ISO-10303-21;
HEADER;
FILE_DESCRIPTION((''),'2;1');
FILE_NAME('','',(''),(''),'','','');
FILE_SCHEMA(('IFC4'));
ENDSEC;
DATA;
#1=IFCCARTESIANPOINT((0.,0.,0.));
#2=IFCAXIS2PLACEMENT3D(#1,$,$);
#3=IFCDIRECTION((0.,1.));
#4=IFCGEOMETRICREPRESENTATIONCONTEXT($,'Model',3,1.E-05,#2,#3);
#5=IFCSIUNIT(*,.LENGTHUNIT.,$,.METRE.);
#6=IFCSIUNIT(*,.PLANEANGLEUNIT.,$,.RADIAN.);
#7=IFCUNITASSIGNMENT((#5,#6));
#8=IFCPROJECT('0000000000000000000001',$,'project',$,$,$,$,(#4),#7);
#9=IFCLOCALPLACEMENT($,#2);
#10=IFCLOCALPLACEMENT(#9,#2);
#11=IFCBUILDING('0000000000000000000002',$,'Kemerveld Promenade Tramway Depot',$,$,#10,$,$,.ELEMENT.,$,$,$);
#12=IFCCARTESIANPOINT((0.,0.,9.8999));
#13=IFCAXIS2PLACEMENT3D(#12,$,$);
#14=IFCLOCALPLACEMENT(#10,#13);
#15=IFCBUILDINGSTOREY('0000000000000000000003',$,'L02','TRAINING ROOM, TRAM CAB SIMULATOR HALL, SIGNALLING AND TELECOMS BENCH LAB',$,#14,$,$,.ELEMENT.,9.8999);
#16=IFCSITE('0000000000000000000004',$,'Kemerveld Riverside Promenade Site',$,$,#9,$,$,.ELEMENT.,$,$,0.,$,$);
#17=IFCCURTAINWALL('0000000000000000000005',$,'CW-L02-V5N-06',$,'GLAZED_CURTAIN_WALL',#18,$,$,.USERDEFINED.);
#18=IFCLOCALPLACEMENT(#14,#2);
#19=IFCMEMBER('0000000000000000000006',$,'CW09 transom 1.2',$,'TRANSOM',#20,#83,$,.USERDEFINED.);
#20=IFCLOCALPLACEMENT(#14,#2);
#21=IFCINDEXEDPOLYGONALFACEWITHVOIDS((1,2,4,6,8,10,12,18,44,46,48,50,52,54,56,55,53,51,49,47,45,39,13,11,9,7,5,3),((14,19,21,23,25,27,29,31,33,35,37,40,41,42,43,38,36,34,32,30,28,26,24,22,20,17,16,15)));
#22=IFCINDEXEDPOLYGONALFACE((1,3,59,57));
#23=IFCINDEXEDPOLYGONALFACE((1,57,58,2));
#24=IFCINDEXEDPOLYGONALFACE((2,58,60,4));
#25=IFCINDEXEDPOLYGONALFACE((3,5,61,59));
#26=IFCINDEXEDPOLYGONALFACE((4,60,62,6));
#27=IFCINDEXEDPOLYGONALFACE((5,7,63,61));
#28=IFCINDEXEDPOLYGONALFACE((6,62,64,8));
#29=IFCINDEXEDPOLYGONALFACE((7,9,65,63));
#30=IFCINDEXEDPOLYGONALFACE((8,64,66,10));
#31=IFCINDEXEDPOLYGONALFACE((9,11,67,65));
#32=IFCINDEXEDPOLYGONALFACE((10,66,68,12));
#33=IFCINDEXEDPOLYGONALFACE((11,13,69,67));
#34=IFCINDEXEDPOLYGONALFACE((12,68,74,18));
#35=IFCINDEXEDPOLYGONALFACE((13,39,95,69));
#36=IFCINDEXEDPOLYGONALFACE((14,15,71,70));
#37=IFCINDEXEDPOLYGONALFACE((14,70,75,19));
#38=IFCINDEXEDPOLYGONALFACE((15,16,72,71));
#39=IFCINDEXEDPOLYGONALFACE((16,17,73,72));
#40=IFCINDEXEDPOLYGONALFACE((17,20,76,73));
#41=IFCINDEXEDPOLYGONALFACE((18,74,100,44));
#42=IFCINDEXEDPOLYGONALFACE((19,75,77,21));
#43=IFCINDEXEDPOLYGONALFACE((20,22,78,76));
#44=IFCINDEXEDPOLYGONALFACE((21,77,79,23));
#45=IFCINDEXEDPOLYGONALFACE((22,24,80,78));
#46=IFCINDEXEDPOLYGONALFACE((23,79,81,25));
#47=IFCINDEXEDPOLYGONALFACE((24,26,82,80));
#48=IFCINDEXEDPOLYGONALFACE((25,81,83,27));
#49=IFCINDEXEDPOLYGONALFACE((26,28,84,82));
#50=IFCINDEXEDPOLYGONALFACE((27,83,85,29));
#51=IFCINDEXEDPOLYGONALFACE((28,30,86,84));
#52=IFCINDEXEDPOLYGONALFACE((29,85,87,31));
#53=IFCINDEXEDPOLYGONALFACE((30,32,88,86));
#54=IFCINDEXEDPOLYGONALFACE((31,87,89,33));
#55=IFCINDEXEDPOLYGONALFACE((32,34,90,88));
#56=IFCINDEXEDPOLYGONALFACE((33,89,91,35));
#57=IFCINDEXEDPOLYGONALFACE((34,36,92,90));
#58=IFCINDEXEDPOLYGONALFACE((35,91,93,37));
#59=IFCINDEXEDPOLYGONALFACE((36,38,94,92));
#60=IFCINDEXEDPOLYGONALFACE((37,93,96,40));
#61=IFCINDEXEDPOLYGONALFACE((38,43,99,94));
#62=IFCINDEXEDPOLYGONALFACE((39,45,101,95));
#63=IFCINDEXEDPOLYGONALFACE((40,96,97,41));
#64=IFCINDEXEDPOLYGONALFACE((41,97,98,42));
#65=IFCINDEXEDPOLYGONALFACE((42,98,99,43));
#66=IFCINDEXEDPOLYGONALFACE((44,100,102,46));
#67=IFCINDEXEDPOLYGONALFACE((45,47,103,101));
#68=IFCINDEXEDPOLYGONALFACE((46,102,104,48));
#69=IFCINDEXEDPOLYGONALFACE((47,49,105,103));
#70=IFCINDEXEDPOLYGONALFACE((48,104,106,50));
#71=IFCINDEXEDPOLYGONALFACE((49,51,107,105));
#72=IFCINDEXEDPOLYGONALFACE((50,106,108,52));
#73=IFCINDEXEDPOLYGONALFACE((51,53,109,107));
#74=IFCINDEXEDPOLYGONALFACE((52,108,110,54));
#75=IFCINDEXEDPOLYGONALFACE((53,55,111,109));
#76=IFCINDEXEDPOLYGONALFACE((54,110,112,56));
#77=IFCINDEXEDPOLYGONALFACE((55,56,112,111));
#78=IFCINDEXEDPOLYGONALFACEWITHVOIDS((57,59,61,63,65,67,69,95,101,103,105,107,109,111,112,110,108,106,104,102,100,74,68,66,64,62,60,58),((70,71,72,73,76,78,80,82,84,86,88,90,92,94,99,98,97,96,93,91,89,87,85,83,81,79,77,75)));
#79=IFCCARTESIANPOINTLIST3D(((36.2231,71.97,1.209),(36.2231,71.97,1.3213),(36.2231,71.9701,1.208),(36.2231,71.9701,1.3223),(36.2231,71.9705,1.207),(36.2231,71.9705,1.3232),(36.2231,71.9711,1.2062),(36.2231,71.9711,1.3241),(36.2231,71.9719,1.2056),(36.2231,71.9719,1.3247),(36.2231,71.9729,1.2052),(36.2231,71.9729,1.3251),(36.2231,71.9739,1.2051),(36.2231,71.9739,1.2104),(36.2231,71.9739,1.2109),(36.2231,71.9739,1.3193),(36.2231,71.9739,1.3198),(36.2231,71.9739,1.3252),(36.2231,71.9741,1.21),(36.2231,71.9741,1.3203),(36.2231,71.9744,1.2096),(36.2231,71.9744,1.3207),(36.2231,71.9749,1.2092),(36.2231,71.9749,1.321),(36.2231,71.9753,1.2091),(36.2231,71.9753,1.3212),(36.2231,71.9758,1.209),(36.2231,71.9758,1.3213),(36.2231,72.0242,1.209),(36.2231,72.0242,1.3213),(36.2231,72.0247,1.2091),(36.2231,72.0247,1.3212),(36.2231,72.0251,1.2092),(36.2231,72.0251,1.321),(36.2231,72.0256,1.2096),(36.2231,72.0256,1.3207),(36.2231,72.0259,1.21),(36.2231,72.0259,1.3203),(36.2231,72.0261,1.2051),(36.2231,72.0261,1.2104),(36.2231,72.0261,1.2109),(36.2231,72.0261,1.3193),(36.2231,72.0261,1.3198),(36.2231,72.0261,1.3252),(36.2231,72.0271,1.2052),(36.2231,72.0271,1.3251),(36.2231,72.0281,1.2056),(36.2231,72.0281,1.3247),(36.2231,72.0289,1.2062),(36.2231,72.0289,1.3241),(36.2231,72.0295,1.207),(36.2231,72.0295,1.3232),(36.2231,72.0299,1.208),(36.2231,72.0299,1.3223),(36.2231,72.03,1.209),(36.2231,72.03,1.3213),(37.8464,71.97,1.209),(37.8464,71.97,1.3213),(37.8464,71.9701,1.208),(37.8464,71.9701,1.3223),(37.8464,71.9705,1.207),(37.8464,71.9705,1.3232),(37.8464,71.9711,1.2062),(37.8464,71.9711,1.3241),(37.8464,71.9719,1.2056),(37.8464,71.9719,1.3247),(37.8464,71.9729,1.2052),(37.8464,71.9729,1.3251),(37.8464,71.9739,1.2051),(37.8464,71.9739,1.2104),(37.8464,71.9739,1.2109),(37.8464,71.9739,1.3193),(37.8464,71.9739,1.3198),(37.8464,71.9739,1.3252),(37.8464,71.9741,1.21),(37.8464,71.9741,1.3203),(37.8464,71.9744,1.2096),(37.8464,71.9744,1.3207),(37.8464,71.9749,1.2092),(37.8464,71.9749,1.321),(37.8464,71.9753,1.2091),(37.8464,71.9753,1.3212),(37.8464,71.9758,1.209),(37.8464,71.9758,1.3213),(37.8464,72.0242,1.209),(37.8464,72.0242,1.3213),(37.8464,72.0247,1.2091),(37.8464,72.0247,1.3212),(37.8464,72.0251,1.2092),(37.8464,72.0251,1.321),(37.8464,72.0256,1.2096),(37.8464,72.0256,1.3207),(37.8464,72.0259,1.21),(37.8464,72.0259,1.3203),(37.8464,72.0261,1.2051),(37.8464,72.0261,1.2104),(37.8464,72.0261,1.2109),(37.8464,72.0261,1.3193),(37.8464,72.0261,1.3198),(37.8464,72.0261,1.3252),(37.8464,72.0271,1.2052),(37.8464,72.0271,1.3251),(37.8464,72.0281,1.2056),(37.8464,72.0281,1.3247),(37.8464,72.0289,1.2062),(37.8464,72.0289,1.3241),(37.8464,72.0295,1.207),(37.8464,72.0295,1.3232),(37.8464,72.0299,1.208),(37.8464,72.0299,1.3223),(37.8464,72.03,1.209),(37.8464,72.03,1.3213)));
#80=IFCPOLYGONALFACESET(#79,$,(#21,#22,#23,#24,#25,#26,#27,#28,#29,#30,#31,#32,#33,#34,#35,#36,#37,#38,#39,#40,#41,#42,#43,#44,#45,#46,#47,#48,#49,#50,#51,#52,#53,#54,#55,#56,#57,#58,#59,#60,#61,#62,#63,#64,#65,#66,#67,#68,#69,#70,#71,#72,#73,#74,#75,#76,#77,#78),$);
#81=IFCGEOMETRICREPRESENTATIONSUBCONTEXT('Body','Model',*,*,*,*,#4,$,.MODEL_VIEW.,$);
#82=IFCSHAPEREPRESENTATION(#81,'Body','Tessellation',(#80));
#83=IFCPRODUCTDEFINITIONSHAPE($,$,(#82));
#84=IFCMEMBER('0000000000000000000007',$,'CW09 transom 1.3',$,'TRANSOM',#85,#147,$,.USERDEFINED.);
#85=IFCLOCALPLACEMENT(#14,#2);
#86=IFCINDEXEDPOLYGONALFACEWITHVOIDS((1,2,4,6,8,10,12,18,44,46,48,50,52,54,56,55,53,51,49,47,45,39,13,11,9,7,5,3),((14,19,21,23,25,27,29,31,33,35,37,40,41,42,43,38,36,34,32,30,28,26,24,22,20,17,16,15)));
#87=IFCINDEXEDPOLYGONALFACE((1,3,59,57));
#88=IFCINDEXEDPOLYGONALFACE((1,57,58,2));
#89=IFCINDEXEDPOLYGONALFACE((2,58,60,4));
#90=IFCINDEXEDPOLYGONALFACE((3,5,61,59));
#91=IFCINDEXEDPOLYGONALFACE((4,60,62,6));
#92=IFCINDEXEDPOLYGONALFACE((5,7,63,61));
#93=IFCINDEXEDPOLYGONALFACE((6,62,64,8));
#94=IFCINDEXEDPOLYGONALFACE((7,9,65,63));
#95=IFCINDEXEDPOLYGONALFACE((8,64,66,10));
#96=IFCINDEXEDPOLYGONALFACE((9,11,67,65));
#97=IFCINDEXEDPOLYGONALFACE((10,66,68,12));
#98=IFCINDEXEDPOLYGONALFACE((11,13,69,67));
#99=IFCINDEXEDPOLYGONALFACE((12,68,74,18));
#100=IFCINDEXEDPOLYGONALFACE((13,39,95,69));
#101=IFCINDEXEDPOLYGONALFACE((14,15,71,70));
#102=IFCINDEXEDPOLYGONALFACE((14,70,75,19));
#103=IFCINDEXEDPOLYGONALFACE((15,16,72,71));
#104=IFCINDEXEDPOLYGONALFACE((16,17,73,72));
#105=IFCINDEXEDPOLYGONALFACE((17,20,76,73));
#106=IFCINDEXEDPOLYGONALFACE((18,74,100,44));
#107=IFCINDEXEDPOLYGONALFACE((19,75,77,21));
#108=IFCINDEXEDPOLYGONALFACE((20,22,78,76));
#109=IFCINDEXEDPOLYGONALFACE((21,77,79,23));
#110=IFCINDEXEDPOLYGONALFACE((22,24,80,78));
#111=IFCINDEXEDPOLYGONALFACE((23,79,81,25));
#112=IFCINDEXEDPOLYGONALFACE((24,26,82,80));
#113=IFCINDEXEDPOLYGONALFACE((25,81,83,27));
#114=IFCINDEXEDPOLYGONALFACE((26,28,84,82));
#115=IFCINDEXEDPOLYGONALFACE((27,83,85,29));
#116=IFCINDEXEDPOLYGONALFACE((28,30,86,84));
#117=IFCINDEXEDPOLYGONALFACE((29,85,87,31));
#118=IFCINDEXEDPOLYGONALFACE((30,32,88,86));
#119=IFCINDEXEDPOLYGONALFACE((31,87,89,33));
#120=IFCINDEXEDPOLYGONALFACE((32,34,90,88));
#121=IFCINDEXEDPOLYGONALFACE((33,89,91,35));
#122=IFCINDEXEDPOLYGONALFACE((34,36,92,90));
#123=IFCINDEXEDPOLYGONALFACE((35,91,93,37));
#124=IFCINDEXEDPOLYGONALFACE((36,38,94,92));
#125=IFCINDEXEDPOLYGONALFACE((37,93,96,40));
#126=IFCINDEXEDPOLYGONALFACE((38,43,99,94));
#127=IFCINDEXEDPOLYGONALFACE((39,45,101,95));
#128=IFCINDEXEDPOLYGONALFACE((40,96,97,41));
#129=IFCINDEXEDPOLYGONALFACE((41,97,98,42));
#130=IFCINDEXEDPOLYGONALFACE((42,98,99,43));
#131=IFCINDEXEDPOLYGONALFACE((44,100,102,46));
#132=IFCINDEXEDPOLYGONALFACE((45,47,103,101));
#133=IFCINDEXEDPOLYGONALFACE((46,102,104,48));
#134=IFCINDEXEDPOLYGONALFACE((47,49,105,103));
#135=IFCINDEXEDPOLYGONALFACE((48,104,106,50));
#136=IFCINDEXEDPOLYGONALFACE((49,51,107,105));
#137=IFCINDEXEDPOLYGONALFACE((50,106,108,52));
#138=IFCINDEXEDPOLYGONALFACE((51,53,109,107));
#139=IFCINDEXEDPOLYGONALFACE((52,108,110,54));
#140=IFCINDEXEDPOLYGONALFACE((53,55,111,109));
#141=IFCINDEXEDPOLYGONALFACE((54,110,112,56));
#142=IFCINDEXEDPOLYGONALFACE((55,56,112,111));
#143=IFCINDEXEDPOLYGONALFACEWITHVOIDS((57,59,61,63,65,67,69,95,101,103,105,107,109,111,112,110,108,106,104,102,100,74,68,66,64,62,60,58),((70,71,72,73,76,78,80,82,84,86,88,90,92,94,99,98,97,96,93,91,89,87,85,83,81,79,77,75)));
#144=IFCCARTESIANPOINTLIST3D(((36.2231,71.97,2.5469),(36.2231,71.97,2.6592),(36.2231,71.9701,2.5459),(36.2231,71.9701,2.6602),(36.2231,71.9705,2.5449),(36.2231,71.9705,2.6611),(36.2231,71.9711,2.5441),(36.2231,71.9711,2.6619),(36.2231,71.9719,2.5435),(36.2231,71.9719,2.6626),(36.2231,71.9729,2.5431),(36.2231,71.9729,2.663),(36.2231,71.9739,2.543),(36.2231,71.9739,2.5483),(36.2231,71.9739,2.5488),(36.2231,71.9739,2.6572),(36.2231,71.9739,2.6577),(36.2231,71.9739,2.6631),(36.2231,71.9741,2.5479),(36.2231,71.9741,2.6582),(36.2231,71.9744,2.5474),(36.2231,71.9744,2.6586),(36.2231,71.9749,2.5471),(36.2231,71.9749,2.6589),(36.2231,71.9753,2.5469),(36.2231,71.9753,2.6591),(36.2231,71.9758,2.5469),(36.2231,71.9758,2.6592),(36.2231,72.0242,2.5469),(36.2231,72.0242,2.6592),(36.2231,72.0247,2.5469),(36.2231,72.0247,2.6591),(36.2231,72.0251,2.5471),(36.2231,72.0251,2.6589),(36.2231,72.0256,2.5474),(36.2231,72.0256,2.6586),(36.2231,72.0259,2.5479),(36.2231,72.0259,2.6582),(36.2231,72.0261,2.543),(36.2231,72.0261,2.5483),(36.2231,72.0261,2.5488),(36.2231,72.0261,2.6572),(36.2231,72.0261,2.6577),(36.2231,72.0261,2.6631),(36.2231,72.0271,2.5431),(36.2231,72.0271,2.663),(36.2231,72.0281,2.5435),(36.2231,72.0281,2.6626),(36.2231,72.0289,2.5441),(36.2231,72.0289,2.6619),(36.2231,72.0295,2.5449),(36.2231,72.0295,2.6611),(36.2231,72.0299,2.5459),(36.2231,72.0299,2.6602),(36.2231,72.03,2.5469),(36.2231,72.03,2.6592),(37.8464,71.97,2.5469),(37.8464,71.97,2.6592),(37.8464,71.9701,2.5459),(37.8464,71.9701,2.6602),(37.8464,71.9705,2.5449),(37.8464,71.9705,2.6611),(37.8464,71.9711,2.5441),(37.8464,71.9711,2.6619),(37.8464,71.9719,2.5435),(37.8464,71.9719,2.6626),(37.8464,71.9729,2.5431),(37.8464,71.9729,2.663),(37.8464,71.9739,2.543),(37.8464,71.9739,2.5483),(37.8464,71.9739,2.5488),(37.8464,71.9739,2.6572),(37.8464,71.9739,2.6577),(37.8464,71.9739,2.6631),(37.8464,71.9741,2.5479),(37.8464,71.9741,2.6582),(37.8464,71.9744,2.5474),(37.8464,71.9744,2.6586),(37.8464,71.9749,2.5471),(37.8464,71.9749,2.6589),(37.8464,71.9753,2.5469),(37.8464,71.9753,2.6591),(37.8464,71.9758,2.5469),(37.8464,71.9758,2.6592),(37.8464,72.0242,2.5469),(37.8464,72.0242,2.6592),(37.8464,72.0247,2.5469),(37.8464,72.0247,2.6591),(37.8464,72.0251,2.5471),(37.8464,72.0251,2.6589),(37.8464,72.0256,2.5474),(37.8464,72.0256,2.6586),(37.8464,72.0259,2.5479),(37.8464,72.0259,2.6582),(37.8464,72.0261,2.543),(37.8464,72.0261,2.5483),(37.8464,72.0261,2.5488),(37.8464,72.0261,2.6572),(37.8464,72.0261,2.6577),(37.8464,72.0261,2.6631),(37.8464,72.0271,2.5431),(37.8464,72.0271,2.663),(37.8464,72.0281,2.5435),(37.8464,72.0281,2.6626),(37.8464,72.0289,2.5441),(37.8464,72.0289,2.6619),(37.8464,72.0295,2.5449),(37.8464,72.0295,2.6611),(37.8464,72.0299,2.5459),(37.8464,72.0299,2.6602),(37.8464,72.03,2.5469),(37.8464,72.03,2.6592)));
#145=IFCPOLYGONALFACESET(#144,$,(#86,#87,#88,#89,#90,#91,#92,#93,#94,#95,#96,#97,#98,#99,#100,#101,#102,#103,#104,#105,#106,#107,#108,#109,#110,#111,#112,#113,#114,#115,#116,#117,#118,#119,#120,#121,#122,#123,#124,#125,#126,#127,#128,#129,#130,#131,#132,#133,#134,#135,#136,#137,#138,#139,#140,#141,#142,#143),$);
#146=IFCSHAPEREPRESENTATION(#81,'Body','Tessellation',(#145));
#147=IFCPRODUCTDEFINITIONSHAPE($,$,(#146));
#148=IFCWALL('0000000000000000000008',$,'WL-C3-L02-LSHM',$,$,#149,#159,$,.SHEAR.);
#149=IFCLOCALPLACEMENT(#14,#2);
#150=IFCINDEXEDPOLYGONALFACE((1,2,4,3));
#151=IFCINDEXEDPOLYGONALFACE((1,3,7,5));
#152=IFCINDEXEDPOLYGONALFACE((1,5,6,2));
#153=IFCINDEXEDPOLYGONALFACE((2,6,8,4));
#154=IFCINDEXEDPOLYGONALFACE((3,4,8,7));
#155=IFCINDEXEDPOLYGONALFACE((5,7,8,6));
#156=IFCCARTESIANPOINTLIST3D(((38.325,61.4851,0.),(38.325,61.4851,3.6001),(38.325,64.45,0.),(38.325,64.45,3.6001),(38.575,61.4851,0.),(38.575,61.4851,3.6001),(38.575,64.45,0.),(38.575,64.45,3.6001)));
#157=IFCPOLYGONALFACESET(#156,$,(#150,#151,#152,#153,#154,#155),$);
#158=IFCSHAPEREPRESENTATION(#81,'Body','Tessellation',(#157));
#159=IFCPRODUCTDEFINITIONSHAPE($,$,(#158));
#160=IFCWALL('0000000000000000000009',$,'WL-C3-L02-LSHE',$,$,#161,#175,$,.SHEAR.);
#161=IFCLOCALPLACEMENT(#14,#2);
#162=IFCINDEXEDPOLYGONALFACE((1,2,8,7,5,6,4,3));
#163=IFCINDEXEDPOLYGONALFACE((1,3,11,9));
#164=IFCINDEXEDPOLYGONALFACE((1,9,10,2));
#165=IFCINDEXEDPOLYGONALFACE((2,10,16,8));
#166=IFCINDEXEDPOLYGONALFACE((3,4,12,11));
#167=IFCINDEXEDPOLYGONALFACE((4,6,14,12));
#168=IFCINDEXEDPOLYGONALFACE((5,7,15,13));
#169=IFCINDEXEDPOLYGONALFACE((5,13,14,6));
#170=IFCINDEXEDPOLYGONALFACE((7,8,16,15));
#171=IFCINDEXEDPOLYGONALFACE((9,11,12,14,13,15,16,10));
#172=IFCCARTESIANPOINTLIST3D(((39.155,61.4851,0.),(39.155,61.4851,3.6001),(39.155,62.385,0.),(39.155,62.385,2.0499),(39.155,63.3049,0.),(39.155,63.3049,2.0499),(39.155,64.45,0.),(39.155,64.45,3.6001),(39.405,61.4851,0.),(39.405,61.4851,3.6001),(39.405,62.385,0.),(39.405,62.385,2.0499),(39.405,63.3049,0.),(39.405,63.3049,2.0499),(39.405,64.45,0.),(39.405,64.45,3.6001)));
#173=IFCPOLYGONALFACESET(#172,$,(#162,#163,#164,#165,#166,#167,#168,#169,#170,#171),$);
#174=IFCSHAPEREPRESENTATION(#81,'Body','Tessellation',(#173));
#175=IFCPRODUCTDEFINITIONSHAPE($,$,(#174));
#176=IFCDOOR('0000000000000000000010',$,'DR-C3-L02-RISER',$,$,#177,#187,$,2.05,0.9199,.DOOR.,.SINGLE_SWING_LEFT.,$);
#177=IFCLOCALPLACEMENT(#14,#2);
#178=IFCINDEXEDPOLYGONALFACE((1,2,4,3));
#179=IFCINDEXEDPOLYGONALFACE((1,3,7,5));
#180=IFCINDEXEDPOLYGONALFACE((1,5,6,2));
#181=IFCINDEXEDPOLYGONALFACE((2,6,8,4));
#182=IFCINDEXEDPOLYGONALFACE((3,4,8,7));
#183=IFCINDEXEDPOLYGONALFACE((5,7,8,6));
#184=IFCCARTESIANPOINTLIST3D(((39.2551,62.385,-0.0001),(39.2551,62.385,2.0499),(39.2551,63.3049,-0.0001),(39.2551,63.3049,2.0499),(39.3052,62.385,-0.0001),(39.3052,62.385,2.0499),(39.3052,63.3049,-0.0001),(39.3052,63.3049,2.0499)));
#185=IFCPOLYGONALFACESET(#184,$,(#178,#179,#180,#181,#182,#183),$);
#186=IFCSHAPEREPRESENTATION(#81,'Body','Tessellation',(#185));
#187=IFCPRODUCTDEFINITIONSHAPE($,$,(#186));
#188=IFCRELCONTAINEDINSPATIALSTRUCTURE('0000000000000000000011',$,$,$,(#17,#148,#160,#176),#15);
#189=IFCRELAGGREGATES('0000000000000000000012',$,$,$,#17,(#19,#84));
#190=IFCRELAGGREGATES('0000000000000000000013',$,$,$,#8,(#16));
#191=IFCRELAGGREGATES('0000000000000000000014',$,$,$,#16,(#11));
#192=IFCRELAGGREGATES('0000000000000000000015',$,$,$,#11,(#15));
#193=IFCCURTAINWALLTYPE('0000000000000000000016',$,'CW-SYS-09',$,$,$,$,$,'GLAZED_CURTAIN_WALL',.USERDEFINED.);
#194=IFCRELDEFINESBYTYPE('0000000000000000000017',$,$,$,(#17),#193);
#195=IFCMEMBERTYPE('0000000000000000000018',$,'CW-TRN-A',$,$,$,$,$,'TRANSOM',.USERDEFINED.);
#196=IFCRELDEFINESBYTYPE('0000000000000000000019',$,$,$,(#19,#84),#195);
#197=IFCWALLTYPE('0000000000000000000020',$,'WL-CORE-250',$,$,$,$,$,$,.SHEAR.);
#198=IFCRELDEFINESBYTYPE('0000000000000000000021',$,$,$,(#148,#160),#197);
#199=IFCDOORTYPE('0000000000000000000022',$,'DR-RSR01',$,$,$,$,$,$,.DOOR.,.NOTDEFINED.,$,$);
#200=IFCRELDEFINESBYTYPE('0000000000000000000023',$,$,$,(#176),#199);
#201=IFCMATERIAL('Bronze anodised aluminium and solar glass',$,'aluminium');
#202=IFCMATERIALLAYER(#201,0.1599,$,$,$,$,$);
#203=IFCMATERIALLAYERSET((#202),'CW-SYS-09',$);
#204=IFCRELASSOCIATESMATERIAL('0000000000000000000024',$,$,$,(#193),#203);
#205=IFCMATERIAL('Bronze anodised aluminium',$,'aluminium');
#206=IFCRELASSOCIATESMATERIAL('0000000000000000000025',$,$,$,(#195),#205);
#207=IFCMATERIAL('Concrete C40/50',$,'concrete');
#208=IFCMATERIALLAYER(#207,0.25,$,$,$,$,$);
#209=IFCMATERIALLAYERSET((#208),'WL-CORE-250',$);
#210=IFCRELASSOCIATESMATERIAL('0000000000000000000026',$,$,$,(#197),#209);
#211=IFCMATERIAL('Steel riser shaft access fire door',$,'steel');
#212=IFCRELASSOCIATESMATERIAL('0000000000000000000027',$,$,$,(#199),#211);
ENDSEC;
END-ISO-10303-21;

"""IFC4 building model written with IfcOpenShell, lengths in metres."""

from ifc_helpers import new_model, si_unit, direction, frame, frame_2d, origin, origin_2d, place, context, subcontext, project, spatial, rectangle, hollow_rectangle, extrude, material, layer, layer_set, material_profile, profile_set, type_object, element, fill, aggregate, save


model = new_model("IFC4")

# Units and contexts
model_context = context("Model", 3, precision=1e-05, world=origin(), true_north=direction((0.0, 1.0)))
body_context = subcontext(model_context, "Body", "Model", "MODEL_VIEW")
ifc_project = project(units=[si_unit("LENGTHUNIT", "METRE"), si_unit("PLANEANGLEUNIT", "RADIAN")], contexts=[model_context])

# Site, building, storey
site_placement = place(None, origin())
site = spatial("IfcSite", under=ifc_project, at=site_placement, Name="Kemerveld Riverside Promenade Site", CompositionType="ELEMENT", RefElevation=0.0)
building_placement = place(site_placement, origin())
building = spatial("IfcBuilding", under=site, at=building_placement, Name="Kemerveld Promenade Tramway Depot", CompositionType="ELEMENT")
storey_placement = place(building_placement, frame((0.0, 0.0, 9.8999)))
storey = spatial("IfcBuildingStorey", under=building, at=storey_placement, Name="L02", Description="TRAINING ROOM, TRAM CAB SIMULATOR HALL, SIGNALLING AND TELECOMS BENCH LAB", CompositionType="ELEMENT", Elevation=9.8999)

# Shared definitions
ifc_material_1 = material(Name="Concrete C40/50", Category="concrete")

# Curtain wall, members
ifc_material_2 = material(Name="Bronze anodised aluminium and solar glass", Category="aluminium")
ifc_layer_1 = layer(ifc_material_2, 0.1599)
ifc_layer_set_1 = layer_set([ifc_layer_1], Name="CW-SYS-09")
curtain_wall_type = type_object("IfcCurtainWallType", Name="CW-SYS-09", ElementType="GLAZED_CURTAIN_WALL", PredefinedType="USERDEFINED", material=ifc_layer_set_1)
curtain_wall_placement = place(storey_placement, origin())
curtain_wall = element("IfcCurtainWall", 1, at=curtain_wall_placement, inside=storey, type_object=curtain_wall_type, Name="CW-L02-V5N-06", ObjectType="GLAZED_CURTAIN_WALL", PredefinedType="USERDEFINED")
ifc_material_3 = material(Name="Bronze anodised aluminium", Category="aluminium")
ifc_material_profile_1 = material_profile(ifc_material_3, hollow_rectangle(XDim=0.0601, YDim=0.1201, WallThickness=0.0039, InnerFilletRadius=0.002, OuterFilletRadius=0.0039, at=origin_2d()), Name="CW-TRN-120x60")
ifc_profile_set_1 = profile_set([ifc_material_profile_1], Name="Bronze anodised aluminium")
member_type_1 = type_object("IfcMemberType", Name="CW-TRN-A", ElementType="TRANSOM", PredefinedType="USERDEFINED", material=ifc_profile_set_1)
member_1_placement = place(storey_placement, frame((36.2231, 72.0, 1.2651), z_axis=(1.0, 0.0, 0.0), x_axis=(0.0, 1.0, 0.0)))
member_1 = element("IfcMember", 2, at=member_1_placement, type_object=member_type_1, Name="CW09 transom 1.2", ObjectType="TRANSOM", PredefinedType="USERDEFINED", context=body_context, shape_type="SweptSolid", body=[
    extrude(hollow_rectangle(XDim=0.0601, YDim=0.1201, WallThickness=0.0039, InnerFilletRadius=0.002, OuterFilletRadius=0.0039, at=origin_2d()), origin(), (0.0, 0.0, 1.0), 1.6233),
])
member_2_placement = place(storey_placement, frame((36.2231, 72.0, 2.603), z_axis=(1.0, 0.0, 0.0), x_axis=(0.0, 1.0, 0.0)))
member_2 = element("IfcMember", 3, at=member_2_placement, type_object=member_type_1, Name="CW09 transom 1.3", ObjectType="TRANSOM", PredefinedType="USERDEFINED", context=body_context, shape_type="SweptSolid", body=[
    extrude(hollow_rectangle(XDim=0.0601, YDim=0.1201, WallThickness=0.0039, InnerFilletRadius=0.002, OuterFilletRadius=0.0039, at=origin_2d()), origin(), (0.0, 0.0, 1.0), 1.6233),
])
aggregate(curtain_wall, [member_1, member_2])

# Shared definitions
ifc_layer_2 = layer(ifc_material_1, 0.25)
ifc_layer_set_2 = layer_set([ifc_layer_2], Name="WL-CORE-250")
wall_type_1 = type_object("IfcWallType", Name="WL-CORE-250", PredefinedType="SHEAR", material=ifc_layer_set_2)

# Wall
wall_1_placement = place(storey_placement, frame((38.45, 61.4851, 0.0), z_axis=(0.0, 0.0, 1.0), x_axis=(0.0, 1.0, 0.0)))
element("IfcWall", 4, at=wall_1_placement, inside=storey, type_object=wall_type_1, Name="WL-C3-L02-LSHM", PredefinedType="SHEAR", context=body_context, shape_type="SweptSolid", body=[
    extrude(rectangle(XDim=2.9648, YDim=0.25, at=frame_2d((1.4824, 0.0))), origin(), (0.0, 0.0, 1.0), 3.6001),
])

# Wall, opening, door
wall_2_placement = place(storey_placement, frame((39.28, 61.4851, 0.0), z_axis=(0.0, 0.0, 1.0), x_axis=(0.0, 1.0, 0.0)))
wall_2 = element("IfcWall", 5, at=wall_2_placement, inside=storey, type_object=wall_type_1, Name="WL-C3-L02-LSHE", PredefinedType="SHEAR", context=body_context, shape_type="SweptSolid", body=[
    extrude(rectangle(XDim=2.9648, YDim=0.25, at=frame_2d((1.4824, 0.0))), origin(), (0.0, 0.0, 1.0), 3.6001),
])
opening_1_placement = place(wall_2_placement, frame((0.8999, 0.0, 0.0)))
opening_1 = element("IfcOpeningElement", 6, at=opening_1_placement, cuts=wall_2, PredefinedType="OPENING", context=body_context, shape_type="SweptSolid", body=[
    extrude(rectangle(XDim=0.9199, YDim=2.05, at=frame_2d((0.46, 1.0249))), frame((0.0, 0.135, 0.0), z_axis=(0.0, -1.0, 0.0), x_axis=(1.0, 0.0, 0.0)), (0.0, 0.0, 1.0), 0.27),
])
ifc_material_4 = material(Name="Steel riser shaft access fire door", Category="steel")
door_type_1 = type_object("IfcDoorType", Name="DR-RSR01", OperationType="NOTDEFINED", PredefinedType="DOOR", material=ifc_material_4)
door_1_placement = place(opening_1_placement, origin())
door_1 = element("IfcDoor", 7, at=door_1_placement, inside=storey, type_object=door_type_1, Name="DR-C3-L02-RISER", OperationType="SINGLE_SWING_LEFT", OverallHeight=2.05, OverallWidth=0.9199, PredefinedType="DOOR", context=body_context, shape_type="SweptSolid", body=[
    extrude(rectangle(XDim=0.9199, YDim=2.05, at=frame_2d((0.46, 1.0249))), frame((0.0, 0.0249, 0.0), z_axis=(0.0, -1.0, 0.0), x_axis=(1.0, 0.0, 0.0)), (0.0, 0.0, 1.0), 0.05),
])
fill(opening_1, door_1)

save(model, "model.ifc")
